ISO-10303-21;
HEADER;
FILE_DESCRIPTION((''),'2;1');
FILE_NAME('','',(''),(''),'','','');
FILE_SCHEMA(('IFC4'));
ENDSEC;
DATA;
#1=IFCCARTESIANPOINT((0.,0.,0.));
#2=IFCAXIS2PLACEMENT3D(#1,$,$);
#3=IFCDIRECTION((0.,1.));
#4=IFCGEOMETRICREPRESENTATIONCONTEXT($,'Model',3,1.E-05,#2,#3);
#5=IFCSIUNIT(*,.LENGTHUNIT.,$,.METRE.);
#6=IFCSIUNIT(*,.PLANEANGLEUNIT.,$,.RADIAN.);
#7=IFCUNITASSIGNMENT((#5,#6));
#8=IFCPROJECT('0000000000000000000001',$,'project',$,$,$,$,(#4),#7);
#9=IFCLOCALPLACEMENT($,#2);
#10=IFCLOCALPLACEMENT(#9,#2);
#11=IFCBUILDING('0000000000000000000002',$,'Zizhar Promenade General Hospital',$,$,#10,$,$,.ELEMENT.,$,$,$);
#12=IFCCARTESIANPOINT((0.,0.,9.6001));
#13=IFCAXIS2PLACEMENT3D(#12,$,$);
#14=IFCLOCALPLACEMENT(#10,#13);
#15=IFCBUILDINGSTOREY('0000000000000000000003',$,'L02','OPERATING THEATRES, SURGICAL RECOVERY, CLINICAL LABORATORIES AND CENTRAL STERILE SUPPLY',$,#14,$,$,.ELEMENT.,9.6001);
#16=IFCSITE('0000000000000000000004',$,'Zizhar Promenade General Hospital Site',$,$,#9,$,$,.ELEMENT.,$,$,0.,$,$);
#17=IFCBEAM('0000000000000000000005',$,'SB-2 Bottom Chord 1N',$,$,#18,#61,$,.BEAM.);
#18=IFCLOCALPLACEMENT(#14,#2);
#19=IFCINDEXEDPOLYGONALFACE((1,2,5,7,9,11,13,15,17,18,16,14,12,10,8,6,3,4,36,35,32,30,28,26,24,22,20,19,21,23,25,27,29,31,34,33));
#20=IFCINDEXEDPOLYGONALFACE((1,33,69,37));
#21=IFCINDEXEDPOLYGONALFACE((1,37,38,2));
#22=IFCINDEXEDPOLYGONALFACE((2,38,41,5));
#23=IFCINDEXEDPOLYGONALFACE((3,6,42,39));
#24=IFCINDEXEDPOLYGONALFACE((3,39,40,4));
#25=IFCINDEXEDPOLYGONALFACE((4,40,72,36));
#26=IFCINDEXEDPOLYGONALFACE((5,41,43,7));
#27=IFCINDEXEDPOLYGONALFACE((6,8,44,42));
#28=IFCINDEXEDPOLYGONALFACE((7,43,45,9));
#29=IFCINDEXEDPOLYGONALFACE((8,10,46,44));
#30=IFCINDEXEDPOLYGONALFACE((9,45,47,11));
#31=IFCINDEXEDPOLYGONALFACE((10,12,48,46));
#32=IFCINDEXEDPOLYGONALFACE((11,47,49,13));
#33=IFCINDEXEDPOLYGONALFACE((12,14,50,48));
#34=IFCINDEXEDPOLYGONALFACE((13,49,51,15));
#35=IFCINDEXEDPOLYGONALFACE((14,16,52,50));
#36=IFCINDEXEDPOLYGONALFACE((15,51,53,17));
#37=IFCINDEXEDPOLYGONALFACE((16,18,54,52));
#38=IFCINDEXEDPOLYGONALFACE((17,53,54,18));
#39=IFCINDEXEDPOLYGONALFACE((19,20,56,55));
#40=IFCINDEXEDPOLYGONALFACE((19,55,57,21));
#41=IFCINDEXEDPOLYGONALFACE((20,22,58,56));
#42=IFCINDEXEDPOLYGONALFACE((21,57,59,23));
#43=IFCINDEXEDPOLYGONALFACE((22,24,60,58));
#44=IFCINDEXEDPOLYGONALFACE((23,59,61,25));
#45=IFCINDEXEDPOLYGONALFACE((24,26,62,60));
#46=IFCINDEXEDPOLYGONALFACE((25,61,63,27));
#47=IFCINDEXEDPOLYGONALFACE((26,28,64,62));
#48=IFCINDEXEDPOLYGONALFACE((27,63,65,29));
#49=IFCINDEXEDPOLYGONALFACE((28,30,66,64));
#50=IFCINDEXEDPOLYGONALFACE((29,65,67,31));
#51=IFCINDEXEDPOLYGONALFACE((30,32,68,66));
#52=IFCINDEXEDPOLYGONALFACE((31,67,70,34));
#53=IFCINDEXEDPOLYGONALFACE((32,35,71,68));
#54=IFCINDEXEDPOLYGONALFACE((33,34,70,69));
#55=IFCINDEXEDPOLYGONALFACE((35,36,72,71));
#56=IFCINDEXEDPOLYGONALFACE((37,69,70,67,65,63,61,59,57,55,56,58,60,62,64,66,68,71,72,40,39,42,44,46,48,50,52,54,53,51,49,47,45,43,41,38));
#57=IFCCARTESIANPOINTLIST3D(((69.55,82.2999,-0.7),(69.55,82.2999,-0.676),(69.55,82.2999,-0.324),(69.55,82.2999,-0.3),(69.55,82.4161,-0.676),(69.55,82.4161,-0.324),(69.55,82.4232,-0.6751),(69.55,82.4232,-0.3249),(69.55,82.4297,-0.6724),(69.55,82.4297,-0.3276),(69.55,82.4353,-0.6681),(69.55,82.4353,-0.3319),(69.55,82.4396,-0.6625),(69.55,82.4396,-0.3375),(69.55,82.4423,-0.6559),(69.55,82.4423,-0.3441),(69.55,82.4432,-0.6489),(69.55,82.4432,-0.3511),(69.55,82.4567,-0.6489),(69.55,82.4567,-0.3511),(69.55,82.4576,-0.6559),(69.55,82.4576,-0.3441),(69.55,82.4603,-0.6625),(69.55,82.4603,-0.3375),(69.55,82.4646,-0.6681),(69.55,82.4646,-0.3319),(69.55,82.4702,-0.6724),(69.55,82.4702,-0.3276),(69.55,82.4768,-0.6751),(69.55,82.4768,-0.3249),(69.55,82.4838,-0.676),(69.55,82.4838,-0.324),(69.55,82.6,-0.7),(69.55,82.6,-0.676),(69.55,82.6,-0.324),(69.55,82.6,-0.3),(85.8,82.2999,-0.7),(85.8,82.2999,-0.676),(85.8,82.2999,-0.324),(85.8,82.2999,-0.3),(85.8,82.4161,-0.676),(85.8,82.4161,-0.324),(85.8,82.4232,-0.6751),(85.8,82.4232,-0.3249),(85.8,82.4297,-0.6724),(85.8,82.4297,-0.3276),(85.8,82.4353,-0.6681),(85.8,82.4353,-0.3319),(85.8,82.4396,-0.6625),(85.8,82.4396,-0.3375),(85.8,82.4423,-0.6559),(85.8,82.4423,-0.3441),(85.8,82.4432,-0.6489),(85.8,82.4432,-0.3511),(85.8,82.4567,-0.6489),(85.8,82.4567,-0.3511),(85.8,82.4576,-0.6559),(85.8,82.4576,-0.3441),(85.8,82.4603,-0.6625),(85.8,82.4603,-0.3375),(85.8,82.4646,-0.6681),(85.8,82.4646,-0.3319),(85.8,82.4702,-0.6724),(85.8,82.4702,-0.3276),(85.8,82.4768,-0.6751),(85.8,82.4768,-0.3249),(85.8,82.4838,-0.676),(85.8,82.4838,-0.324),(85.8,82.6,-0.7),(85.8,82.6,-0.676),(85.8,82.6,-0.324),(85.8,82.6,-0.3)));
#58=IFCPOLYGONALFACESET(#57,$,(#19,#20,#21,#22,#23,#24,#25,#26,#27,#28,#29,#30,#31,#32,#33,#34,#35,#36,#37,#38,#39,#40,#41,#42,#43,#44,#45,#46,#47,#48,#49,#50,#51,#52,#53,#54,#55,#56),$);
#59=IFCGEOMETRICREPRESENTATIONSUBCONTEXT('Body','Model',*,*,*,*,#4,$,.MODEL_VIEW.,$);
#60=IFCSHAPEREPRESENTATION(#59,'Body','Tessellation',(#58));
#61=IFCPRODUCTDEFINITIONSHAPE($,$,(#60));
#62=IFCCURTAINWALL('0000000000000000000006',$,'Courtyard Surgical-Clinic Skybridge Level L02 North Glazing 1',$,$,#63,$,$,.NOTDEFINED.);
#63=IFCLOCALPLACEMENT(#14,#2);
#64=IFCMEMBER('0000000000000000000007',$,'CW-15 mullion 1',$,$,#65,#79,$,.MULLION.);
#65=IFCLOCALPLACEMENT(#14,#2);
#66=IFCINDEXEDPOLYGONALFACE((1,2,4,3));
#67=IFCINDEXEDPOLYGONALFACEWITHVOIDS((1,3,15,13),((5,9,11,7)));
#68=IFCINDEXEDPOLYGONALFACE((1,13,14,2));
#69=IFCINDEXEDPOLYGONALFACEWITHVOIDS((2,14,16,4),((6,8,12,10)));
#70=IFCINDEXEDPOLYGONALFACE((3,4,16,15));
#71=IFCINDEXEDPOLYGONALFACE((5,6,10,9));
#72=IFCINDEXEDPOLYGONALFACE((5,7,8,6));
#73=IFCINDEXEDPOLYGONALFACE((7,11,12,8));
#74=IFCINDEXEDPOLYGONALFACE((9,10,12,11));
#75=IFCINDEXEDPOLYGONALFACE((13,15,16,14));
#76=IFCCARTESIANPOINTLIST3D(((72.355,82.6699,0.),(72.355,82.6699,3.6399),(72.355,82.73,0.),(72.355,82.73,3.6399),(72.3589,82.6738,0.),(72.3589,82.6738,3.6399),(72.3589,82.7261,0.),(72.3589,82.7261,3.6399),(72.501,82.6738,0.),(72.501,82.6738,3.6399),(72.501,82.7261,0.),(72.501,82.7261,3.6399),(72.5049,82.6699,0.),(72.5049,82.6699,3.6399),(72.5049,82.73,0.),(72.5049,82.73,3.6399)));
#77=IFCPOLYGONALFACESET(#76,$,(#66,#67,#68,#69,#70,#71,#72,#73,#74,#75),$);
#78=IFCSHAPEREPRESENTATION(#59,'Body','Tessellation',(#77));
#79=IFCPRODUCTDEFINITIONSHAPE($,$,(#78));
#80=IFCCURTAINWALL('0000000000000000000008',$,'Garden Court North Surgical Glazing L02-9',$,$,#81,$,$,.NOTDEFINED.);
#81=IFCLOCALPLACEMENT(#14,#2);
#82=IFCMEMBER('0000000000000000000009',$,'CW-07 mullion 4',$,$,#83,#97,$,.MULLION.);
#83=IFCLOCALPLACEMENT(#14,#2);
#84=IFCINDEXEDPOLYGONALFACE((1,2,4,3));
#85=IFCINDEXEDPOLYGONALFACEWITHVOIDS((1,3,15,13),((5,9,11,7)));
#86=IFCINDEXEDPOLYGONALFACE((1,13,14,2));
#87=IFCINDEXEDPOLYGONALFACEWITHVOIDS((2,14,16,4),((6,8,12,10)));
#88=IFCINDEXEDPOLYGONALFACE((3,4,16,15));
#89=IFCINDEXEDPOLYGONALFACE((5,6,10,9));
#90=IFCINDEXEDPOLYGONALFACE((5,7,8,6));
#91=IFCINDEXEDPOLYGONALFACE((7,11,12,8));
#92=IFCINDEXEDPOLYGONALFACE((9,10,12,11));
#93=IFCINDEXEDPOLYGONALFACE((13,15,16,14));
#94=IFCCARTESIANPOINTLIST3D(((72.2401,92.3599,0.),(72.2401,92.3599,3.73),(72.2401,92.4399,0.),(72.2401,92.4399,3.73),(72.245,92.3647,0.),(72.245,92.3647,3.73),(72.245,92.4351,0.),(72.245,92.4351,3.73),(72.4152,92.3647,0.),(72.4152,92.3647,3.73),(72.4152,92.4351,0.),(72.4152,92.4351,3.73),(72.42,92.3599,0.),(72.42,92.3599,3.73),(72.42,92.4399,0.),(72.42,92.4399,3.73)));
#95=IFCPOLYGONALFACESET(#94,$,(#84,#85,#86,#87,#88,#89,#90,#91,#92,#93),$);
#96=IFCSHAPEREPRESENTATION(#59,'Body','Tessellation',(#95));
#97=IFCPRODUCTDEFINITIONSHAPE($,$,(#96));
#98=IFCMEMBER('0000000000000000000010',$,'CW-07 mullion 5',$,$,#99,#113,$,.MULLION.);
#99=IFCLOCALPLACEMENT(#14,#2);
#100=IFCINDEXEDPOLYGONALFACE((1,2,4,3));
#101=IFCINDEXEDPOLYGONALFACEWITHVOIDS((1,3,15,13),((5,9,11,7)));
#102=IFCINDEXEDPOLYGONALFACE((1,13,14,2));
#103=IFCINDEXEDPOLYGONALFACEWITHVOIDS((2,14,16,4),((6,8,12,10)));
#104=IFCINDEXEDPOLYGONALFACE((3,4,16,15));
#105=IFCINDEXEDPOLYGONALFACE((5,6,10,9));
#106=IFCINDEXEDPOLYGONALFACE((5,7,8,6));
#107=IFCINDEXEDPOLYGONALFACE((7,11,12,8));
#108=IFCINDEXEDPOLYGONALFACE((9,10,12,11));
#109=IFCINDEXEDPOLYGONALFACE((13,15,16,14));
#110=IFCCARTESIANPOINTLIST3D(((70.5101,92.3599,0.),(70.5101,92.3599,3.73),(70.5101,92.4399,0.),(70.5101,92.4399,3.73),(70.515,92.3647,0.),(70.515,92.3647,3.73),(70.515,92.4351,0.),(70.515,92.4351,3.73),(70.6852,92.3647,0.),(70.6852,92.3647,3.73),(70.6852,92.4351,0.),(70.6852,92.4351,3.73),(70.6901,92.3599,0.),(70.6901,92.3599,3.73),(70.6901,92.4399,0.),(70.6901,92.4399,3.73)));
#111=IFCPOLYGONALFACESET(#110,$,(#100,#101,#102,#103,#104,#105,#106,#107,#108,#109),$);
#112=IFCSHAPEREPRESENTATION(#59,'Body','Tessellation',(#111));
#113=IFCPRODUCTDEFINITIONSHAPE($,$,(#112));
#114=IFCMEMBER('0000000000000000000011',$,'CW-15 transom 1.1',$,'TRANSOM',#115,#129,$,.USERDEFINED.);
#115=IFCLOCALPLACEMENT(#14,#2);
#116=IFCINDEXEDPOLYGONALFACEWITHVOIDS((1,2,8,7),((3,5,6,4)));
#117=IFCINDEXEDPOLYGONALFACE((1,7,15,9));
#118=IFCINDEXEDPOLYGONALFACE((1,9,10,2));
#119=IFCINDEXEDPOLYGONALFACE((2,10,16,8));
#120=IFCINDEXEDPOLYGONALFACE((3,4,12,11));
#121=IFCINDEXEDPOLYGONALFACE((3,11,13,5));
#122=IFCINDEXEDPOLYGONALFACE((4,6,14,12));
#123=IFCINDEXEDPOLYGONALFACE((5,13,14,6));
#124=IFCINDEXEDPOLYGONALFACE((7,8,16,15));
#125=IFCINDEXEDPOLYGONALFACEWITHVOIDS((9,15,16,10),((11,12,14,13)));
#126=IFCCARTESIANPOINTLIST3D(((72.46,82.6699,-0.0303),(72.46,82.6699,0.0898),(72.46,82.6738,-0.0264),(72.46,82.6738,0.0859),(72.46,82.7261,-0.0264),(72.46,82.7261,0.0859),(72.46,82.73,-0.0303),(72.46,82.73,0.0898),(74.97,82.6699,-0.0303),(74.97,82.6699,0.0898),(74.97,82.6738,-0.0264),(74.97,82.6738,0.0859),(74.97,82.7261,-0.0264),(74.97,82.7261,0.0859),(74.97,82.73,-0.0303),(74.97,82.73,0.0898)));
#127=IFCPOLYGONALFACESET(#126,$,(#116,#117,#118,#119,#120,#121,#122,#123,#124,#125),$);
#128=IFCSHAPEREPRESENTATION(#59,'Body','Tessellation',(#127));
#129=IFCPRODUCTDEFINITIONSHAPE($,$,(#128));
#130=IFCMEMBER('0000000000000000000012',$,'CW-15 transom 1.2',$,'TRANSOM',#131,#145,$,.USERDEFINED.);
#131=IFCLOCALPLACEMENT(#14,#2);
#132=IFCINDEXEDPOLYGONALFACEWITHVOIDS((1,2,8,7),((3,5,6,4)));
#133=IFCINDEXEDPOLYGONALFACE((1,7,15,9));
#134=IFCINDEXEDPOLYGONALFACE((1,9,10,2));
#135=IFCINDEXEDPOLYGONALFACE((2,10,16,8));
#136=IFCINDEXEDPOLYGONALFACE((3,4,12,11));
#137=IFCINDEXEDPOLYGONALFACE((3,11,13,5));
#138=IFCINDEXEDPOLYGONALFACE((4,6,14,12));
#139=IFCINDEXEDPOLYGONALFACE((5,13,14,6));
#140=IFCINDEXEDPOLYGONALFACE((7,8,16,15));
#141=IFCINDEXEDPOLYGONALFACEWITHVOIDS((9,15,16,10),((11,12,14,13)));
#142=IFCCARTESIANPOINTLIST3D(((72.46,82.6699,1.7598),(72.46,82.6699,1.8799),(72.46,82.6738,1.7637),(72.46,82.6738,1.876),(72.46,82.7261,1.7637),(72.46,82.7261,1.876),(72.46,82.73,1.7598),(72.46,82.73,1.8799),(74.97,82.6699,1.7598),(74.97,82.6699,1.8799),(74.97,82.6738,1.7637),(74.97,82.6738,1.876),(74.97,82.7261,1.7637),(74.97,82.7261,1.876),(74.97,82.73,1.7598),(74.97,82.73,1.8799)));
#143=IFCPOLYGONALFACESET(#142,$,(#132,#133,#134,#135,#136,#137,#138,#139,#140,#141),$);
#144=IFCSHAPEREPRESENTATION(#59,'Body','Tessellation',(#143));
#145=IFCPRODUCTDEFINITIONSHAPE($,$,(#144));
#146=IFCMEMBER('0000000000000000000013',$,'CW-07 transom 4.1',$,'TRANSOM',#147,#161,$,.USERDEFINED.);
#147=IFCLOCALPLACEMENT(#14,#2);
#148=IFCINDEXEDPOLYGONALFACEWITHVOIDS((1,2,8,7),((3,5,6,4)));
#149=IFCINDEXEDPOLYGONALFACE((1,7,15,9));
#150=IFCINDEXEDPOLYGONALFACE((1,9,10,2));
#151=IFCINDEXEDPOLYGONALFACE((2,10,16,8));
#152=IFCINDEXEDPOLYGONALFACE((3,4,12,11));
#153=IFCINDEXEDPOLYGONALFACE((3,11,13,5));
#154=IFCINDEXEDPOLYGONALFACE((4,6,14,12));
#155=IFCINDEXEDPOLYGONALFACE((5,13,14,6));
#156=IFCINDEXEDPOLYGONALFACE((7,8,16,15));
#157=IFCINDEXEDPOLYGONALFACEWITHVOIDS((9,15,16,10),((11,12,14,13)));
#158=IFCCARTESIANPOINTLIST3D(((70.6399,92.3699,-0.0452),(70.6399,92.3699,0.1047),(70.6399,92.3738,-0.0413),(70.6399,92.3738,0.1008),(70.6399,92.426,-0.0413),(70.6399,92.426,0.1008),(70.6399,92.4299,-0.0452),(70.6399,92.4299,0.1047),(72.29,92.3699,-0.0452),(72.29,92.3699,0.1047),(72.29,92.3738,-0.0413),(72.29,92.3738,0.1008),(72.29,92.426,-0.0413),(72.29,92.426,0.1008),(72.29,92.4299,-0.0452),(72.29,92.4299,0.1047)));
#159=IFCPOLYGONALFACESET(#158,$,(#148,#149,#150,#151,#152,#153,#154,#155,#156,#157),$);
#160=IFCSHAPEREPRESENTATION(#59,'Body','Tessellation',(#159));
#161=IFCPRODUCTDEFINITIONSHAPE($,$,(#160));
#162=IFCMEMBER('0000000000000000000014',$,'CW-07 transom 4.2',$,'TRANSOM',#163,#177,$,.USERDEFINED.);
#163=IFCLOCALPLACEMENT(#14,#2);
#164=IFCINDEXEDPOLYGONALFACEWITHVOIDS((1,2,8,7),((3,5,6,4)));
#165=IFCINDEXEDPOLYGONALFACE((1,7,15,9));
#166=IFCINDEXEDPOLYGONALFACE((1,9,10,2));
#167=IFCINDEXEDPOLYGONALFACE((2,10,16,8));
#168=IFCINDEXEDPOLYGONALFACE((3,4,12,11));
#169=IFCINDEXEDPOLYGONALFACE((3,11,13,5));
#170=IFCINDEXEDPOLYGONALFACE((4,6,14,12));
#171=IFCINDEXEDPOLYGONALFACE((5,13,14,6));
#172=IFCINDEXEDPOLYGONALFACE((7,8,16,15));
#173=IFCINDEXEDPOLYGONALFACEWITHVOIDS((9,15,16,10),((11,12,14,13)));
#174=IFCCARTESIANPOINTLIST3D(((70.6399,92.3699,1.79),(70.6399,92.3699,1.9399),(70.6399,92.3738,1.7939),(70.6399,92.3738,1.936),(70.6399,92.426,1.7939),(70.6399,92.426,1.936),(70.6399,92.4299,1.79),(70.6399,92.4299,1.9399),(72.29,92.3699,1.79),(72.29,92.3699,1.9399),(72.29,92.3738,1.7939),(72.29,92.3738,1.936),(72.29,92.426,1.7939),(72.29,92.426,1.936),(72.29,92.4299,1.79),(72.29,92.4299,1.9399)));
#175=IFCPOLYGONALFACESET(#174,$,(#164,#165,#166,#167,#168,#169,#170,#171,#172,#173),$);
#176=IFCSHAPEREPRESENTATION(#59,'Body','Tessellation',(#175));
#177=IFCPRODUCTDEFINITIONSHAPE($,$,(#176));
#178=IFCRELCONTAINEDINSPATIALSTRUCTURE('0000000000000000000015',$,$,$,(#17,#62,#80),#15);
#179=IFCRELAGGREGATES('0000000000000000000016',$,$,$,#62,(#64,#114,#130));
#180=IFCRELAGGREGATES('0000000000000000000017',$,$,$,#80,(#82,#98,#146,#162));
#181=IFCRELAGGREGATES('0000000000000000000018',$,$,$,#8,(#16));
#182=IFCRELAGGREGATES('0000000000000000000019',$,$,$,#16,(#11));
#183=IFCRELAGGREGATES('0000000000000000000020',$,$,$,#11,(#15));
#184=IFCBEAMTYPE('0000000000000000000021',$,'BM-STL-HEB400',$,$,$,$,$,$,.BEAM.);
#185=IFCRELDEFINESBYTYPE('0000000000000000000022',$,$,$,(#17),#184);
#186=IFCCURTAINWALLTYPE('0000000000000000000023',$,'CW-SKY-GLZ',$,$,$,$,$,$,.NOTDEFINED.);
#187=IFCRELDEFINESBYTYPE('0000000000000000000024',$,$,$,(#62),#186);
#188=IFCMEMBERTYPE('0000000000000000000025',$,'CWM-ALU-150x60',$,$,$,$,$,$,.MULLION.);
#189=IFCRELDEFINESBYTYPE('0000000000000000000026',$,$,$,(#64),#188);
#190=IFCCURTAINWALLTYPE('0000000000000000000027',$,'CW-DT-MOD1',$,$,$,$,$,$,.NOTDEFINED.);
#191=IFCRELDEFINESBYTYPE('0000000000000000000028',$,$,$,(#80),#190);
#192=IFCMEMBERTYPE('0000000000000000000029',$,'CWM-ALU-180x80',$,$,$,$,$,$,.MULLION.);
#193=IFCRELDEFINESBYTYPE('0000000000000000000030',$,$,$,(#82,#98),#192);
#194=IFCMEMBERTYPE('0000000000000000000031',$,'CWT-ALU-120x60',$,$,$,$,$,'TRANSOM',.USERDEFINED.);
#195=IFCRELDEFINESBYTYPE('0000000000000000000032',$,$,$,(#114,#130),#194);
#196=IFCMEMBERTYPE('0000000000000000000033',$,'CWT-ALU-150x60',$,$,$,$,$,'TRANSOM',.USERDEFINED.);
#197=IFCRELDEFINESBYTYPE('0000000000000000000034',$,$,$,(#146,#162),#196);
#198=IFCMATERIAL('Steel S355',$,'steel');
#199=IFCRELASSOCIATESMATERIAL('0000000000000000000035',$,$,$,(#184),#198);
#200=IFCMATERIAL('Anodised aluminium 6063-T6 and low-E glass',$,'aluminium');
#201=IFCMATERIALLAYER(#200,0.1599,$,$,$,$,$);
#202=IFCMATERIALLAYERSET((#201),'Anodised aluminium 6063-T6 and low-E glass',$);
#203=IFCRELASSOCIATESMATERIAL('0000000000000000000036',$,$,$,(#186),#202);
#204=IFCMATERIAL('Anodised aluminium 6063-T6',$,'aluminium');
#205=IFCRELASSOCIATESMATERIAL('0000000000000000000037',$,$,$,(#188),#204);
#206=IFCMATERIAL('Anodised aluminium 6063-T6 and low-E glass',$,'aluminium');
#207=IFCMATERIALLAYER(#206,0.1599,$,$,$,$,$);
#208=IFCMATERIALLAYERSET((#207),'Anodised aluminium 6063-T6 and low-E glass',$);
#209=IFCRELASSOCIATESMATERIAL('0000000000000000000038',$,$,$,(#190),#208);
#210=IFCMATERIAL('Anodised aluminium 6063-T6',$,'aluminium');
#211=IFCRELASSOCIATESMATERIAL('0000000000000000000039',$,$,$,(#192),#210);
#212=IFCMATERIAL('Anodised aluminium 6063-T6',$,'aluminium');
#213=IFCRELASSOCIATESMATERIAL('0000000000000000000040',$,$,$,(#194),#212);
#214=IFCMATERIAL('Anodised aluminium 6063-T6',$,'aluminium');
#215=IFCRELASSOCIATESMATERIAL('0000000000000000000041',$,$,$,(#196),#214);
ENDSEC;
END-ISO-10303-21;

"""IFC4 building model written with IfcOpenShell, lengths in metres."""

from ifc_helpers import new_model, si_unit, direction, frame, origin, origin_2d, place, context, subcontext, project, spatial, hollow_rectangle, i_section, extrude, material, layer, layer_set, material_profile, profile_set, type_object, element, aggregate, save


model = new_model("IFC4")

# Units and contexts
model_context = context("Model", 3, precision=1e-05, world=origin(), true_north=direction((0.0, 1.0)))
body_context = subcontext(model_context, "Body", "Model", "MODEL_VIEW")
ifc_project = project(units=[si_unit("LENGTHUNIT", "METRE"), si_unit("PLANEANGLEUNIT", "RADIAN")], contexts=[model_context])

# Site, building, storey
site_placement = place(None, origin())
site = spatial("IfcSite", under=ifc_project, at=site_placement, Name="Zizhar Promenade General Hospital Site", CompositionType="ELEMENT", RefElevation=0.0)
building_placement = place(site_placement, origin())
building = spatial("IfcBuilding", under=site, at=building_placement, Name="Zizhar Promenade General Hospital", CompositionType="ELEMENT")
storey_placement = place(building_placement, frame((0.0, 0.0, 9.6001)))
storey = spatial("IfcBuildingStorey", under=building, at=storey_placement, Name="L02", Description="OPERATING THEATRES, SURGICAL RECOVERY, CLINICAL LABORATORIES AND CENTRAL STERILE SUPPLY", CompositionType="ELEMENT", Elevation=9.6001)

# Beam
ifc_material_1 = material(Name="Steel S355", Category="steel")
ifc_material_profile_1 = material_profile(ifc_material_1, i_section(OverallWidth=0.3, OverallDepth=0.3999, WebThickness=0.0134, FlangeThickness=0.0239, FilletRadius=0.0271, at=origin_2d()))
ifc_profile_set_1 = profile_set([ifc_material_profile_1], Name="Steel S355")
beam_type_1 = type_object("IfcBeamType", Name="BM-STL-HEB400", PredefinedType="BEAM", material=ifc_profile_set_1)
beam_placement = place(storey_placement, frame((69.55, 82.45, -0.5), z_axis=(1.0, 0.0, 0.0), x_axis=(0.0, 1.0, 0.0)))
element("IfcBeam", 1, at=beam_placement, inside=storey, type_object=beam_type_1, Name="SB-2 Bottom Chord 1N", PredefinedType="BEAM", context=body_context, shape_type="SweptSolid", body=[
    extrude(i_section(OverallWidth=0.3, OverallDepth=0.3999, WebThickness=0.0134, FlangeThickness=0.0239, FilletRadius=0.0271, at=origin_2d()), origin(), (0.0, 0.0, 1.0), 16.25),
])

# Curtain wall, member
ifc_material_2 = material(Name="Anodised aluminium 6063-T6 and low-E glass", Category="aluminium")
ifc_layer_1 = layer(ifc_material_2, 0.1599)
ifc_layer_set_1 = layer_set([ifc_layer_1], Name="Anodised aluminium 6063-T6 and low-E glass")
curtain_wall_type_1 = type_object("IfcCurtainWallType", Name="CW-SKY-GLZ", PredefinedType="NOTDEFINED", material=ifc_layer_set_1)
curtain_wall_1_placement = place(storey_placement, origin())
curtain_wall_1 = element("IfcCurtainWall", 2, at=curtain_wall_1_placement, inside=storey, type_object=curtain_wall_type_1, Name="Courtyard Surgical-Clinic Skybridge Level L02 North Glazing 1", PredefinedType="NOTDEFINED")
ifc_material_3 = material(Name="Anodised aluminium 6063-T6", Category="aluminium")
ifc_material_profile_2 = material_profile(ifc_material_3, hollow_rectangle(XDim=0.0601, YDim=0.1499, WallThickness=0.0039, at=origin_2d()))
ifc_profile_set_2 = profile_set([ifc_material_profile_2], Name="Anodised aluminium 6063-T6")
member_type_1 = type_object("IfcMemberType", Name="CWM-ALU-150x60", PredefinedType="MULLION", material=ifc_profile_set_2)
member_1_placement = place(storey_placement, frame((72.4299, 82.7, 0.0), z_axis=(0.0, 0.0, 1.0), x_axis=(0.0, 1.0, 0.0)))
member_1 = element("IfcMember", 3, at=member_1_placement, type_object=member_type_1, Name="CW-15 mullion 1", PredefinedType="MULLION", context=body_context, shape_type="SweptSolid", body=[
    extrude(hollow_rectangle(XDim=0.0601, YDim=0.1499, WallThickness=0.0039, at=origin_2d()), origin(), (0.0, 0.0, 1.0), 3.6399),
])

# Curtain wall, members
ifc_material_4 = material(Name="Anodised aluminium 6063-T6 and low-E glass", Category="aluminium")
ifc_layer_2 = layer(ifc_material_4, 0.1599)
ifc_layer_set_2 = layer_set([ifc_layer_2], Name="Anodised aluminium 6063-T6 and low-E glass")
curtain_wall_type_2 = type_object("IfcCurtainWallType", Name="CW-DT-MOD1", PredefinedType="NOTDEFINED", material=ifc_layer_set_2)
curtain_wall_2_placement = place(storey_placement, origin())
curtain_wall_2 = element("IfcCurtainWall", 4, at=curtain_wall_2_placement, inside=storey, type_object=curtain_wall_type_2, Name="Garden Court North Surgical Glazing L02-9", PredefinedType="NOTDEFINED")
ifc_material_5 = material(Name="Anodised aluminium 6063-T6", Category="aluminium")
ifc_material_profile_3 = material_profile(ifc_material_5, hollow_rectangle(XDim=0.0801, YDim=0.1799, WallThickness=0.0049, at=origin_2d()))
ifc_profile_set_3 = profile_set([ifc_material_profile_3], Name="Anodised aluminium 6063-T6")
member_type_2 = type_object("IfcMemberType", Name="CWM-ALU-180x80", PredefinedType="MULLION", material=ifc_profile_set_3)
member_2_placement = place(storey_placement, frame((72.3301, 92.3999, 0.0), z_axis=(0.0, 0.0, 1.0), x_axis=(0.0, -1.0, 0.0)))
member_2 = element("IfcMember", 5, at=member_2_placement, type_object=member_type_2, Name="CW-07 mullion 4", PredefinedType="MULLION", context=body_context, shape_type="SweptSolid", body=[
    extrude(hollow_rectangle(XDim=0.0801, YDim=0.1799, WallThickness=0.0049, at=origin_2d()), origin(), (0.0, 0.0, 1.0), 3.73),
])
member_3_placement = place(storey_placement, frame((70.6001, 92.3999, 0.0), z_axis=(0.0, 0.0, 1.0), x_axis=(0.0, -1.0, 0.0)))
member_3 = element("IfcMember", 6, at=member_3_placement, type_object=member_type_2, Name="CW-07 mullion 5", PredefinedType="MULLION", context=body_context, shape_type="SweptSolid", body=[
    extrude(hollow_rectangle(XDim=0.0801, YDim=0.1799, WallThickness=0.0049, at=origin_2d()), origin(), (0.0, 0.0, 1.0), 3.73),
])

# Members
ifc_material_6 = material(Name="Anodised aluminium 6063-T6", Category="aluminium")
ifc_material_profile_4 = material_profile(ifc_material_6, hollow_rectangle(XDim=0.0601, YDim=0.1201, WallThickness=0.0039, at=origin_2d()))
ifc_profile_set_4 = profile_set([ifc_material_profile_4], Name="Anodised aluminium 6063-T6")
member_type_3 = type_object("IfcMemberType", Name="CWT-ALU-120x60", ElementType="TRANSOM", PredefinedType="USERDEFINED", material=ifc_profile_set_4)
member_4_placement = place(storey_placement, frame((72.46, 82.7, 0.0298), z_axis=(1.0, 0.0, 0.0), x_axis=(0.0, 1.0, 0.0)))
member_4 = element("IfcMember", 7, at=member_4_placement, type_object=member_type_3, Name="CW-15 transom 1.1", ObjectType="TRANSOM", PredefinedType="USERDEFINED", context=body_context, shape_type="SweptSolid", body=[
    extrude(hollow_rectangle(XDim=0.0601, YDim=0.1201, WallThickness=0.0039, at=origin_2d()), origin(), (0.0, 0.0, 1.0), 2.51),
])
member_5_placement = place(storey_placement, frame((72.46, 82.7, 1.8198), z_axis=(1.0, 0.0, 0.0), x_axis=(0.0, 1.0, 0.0)))
member_5 = element("IfcMember", 8, at=member_5_placement, type_object=member_type_3, Name="CW-15 transom 1.2", ObjectType="TRANSOM", PredefinedType="USERDEFINED", context=body_context, shape_type="SweptSolid", body=[
    extrude(hollow_rectangle(XDim=0.0601, YDim=0.1201, WallThickness=0.0039, at=origin_2d()), origin(), (0.0, 0.0, 1.0), 2.51),
])
aggregate(curtain_wall_1, [member_1, member_4, member_5])
ifc_material_7 = material(Name="Anodised aluminium 6063-T6", Category="aluminium")
ifc_material_profile_5 = material_profile(ifc_material_7, hollow_rectangle(XDim=0.0601, YDim=0.1499, WallThickness=0.0039, at=origin_2d()))
ifc_profile_set_5 = profile_set([ifc_material_profile_5], Name="Anodised aluminium 6063-T6")
member_type_4 = type_object("IfcMemberType", Name="CWT-ALU-150x60", ElementType="TRANSOM", PredefinedType="USERDEFINED", material=ifc_profile_set_5)
member_6_placement = place(storey_placement, frame((72.29, 92.3999, 0.0298), z_axis=(-1.0, 0.0, 0.0), x_axis=(0.0, -1.0, 0.0)))
member_6 = element("IfcMember", 9, at=member_6_placement, type_object=member_type_4, Name="CW-07 transom 4.1", ObjectType="TRANSOM", PredefinedType="USERDEFINED", context=body_context, shape_type="SweptSolid", body=[
    extrude(hollow_rectangle(XDim=0.0601, YDim=0.1499, WallThickness=0.0039, at=origin_2d()), origin(), (0.0, 0.0, 1.0), 1.6501),
])
member_7_placement = place(storey_placement, frame((72.29, 92.3999, 1.865), z_axis=(-1.0, 0.0, 0.0), x_axis=(0.0, -1.0, 0.0)))
member_7 = element("IfcMember", 10, at=member_7_placement, type_object=member_type_4, Name="CW-07 transom 4.2", ObjectType="TRANSOM", PredefinedType="USERDEFINED", context=body_context, shape_type="SweptSolid", body=[
    extrude(hollow_rectangle(XDim=0.0601, YDim=0.1499, WallThickness=0.0039, at=origin_2d()), origin(), (0.0, 0.0, 1.0), 1.6501),
])

aggregate(curtain_wall_2, [member_2, member_3, member_6, member_7])

save(model, "model.ifc")
